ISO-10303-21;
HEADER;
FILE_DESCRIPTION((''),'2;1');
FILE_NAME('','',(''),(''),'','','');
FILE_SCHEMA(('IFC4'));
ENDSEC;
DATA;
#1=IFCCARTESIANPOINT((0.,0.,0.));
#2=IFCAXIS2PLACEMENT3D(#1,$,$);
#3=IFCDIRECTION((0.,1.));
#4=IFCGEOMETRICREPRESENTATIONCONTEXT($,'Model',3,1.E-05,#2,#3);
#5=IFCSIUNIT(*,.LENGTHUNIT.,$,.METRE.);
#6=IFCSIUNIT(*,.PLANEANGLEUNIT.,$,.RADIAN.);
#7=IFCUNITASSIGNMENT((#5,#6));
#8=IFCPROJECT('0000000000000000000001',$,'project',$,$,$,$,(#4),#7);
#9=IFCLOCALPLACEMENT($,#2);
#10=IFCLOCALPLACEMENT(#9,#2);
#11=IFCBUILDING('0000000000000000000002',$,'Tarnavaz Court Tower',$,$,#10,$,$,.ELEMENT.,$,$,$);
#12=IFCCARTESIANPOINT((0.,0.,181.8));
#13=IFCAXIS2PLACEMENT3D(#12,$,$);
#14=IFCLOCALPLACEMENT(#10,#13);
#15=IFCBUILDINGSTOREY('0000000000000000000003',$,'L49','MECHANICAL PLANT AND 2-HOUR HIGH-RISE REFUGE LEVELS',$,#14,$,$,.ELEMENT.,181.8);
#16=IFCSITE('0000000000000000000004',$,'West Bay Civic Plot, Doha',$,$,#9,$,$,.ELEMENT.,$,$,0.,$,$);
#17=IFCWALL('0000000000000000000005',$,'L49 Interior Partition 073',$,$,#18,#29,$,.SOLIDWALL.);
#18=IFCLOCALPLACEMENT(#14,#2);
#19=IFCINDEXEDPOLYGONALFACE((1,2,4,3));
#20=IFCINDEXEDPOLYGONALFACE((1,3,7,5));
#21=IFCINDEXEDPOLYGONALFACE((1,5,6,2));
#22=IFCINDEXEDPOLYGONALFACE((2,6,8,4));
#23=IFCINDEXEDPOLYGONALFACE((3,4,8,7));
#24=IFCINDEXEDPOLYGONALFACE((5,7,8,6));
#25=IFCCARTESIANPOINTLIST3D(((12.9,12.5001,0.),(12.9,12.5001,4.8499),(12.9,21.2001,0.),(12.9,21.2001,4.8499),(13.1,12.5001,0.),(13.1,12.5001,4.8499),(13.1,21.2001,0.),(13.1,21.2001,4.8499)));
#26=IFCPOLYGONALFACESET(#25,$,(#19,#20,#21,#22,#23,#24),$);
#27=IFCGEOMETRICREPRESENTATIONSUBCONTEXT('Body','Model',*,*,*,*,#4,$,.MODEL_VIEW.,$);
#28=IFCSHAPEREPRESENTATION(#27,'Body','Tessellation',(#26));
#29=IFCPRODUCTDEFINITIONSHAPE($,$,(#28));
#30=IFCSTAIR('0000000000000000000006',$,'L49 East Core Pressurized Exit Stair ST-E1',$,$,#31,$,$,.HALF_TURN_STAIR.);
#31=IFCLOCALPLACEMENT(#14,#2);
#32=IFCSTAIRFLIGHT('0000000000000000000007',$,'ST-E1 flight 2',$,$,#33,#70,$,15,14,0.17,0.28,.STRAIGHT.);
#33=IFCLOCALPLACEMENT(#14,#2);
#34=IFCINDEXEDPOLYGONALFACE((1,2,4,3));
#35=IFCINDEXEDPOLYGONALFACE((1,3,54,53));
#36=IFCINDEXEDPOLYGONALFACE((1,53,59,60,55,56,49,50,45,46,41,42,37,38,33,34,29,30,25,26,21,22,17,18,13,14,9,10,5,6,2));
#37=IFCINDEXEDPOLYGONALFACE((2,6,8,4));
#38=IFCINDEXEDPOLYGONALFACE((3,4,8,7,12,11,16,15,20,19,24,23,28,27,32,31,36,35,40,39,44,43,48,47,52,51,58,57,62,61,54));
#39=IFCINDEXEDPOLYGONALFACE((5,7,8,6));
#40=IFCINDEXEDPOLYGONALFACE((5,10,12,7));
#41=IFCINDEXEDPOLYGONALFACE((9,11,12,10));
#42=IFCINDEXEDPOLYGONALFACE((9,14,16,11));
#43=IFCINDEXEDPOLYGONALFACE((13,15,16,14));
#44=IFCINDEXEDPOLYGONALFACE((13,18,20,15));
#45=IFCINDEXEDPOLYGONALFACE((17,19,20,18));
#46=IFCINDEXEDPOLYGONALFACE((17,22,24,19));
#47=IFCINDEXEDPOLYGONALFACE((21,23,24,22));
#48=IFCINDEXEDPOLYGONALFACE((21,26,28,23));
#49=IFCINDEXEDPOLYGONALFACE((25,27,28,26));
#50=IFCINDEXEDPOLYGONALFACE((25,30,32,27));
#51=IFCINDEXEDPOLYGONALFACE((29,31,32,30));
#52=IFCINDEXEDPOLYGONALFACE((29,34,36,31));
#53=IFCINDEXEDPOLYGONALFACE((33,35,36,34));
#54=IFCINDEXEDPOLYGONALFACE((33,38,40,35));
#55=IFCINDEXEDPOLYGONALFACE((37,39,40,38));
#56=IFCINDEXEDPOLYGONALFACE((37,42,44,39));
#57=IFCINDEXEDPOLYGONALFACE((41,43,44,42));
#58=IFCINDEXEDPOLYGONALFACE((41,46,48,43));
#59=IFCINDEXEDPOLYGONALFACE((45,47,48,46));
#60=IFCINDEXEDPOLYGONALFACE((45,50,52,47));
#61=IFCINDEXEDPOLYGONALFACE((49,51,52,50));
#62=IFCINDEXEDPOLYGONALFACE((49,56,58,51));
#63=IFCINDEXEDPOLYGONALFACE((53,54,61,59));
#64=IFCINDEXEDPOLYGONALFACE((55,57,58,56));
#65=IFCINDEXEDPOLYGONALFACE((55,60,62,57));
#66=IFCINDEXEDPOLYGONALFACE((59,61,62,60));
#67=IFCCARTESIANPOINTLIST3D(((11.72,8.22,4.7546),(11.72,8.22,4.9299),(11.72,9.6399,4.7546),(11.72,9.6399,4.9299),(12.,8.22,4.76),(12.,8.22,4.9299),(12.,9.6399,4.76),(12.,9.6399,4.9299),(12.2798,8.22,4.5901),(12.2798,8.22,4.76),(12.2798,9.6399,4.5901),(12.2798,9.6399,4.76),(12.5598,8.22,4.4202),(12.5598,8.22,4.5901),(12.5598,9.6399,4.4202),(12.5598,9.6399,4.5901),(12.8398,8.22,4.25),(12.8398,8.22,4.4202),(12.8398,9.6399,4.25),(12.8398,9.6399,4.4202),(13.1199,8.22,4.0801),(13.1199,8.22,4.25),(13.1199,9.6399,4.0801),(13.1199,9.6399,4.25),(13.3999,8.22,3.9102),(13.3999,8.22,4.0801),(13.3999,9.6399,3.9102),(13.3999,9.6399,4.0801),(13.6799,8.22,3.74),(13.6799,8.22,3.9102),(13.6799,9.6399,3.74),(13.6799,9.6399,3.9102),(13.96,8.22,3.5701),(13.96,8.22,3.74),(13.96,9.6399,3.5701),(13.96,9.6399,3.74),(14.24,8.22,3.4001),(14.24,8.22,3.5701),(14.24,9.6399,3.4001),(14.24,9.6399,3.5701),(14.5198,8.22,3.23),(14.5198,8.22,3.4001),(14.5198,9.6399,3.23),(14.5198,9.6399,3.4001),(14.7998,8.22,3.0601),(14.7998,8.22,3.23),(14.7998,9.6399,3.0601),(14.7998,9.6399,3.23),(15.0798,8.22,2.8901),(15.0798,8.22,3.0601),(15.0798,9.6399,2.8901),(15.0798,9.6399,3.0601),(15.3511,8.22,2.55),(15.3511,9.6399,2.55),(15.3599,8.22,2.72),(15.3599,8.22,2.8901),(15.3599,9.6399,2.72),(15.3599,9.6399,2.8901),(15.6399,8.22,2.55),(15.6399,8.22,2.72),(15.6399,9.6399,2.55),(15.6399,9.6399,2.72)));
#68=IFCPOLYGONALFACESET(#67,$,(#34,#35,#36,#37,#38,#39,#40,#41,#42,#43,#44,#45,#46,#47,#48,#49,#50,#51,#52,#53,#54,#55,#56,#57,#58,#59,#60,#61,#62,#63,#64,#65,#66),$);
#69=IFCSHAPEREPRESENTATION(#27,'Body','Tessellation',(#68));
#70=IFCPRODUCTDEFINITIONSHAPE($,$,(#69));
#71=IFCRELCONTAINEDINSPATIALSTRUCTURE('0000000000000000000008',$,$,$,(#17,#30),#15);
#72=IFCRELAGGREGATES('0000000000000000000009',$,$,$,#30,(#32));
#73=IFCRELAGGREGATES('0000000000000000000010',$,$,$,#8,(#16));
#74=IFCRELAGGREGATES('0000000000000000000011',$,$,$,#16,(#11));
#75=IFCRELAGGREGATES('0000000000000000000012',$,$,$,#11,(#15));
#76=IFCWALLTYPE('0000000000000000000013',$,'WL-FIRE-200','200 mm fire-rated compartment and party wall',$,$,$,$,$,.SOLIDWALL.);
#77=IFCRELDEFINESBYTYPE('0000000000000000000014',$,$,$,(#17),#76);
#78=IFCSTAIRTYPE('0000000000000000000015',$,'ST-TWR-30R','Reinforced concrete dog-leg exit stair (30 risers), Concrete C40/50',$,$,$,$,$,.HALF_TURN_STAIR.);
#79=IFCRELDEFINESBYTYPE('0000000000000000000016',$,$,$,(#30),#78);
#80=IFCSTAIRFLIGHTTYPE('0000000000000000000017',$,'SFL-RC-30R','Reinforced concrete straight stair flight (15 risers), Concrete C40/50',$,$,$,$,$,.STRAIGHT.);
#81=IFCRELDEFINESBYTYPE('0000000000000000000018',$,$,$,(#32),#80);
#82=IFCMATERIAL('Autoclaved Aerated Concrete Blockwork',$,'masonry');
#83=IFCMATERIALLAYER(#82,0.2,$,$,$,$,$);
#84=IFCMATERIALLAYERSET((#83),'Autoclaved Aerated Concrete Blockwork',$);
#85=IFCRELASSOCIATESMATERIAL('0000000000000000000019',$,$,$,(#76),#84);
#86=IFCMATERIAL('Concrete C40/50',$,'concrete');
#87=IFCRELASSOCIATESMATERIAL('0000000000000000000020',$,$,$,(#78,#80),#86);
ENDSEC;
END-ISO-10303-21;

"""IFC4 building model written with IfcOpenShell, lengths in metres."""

from ifc_helpers import new_model, si_unit, direction, frame, frame_2d, origin, place, context, subcontext, project, spatial, polyline, rectangle, outline, extrude, material, layer, layer_set, type_object, element, aggregate, save


model = new_model("IFC4")

# Units and contexts
model_context = context("Model", 3, precision=1e-05, world=origin(), true_north=direction((0.0, 1.0)))
body_context = subcontext(model_context, "Body", "Model", "MODEL_VIEW")
ifc_project = project(units=[si_unit("LENGTHUNIT", "METRE"), si_unit("PLANEANGLEUNIT", "RADIAN")], contexts=[model_context])

# Site, building, storey
site_placement = place(None, origin())
site = spatial("IfcSite", under=ifc_project, at=site_placement, Name="West Bay Civic Plot, Doha", CompositionType="ELEMENT", RefElevation=0.0)
building_placement = place(site_placement, origin())
building = spatial("IfcBuilding", under=site, at=building_placement, Name="Tarnavaz Court Tower", CompositionType="ELEMENT")
storey_placement = place(building_placement, frame((0.0, 0.0, 181.8)))
storey = spatial("IfcBuildingStorey", under=building, at=storey_placement, Name="L49", Description="MECHANICAL PLANT AND 2-HOUR HIGH-RISE REFUGE LEVELS", CompositionType="ELEMENT", Elevation=181.8)

# Wall
ifc_material_1 = material(Name="Autoclaved Aerated Concrete Blockwork", Category="masonry")
ifc_layer_1 = layer(ifc_material_1, 0.2)
ifc_layer_set_1 = layer_set([ifc_layer_1], Name="Autoclaved Aerated Concrete Blockwork")
wall_type_1 = type_object("IfcWallType", Name="WL-FIRE-200", Description="200 mm fire-rated compartment and party wall", PredefinedType="SOLIDWALL", material=ifc_layer_set_1)
wall_1_placement = place(storey_placement, frame((13.0, 12.5, 0.0), z_axis=(0.0, 0.0, 1.0), x_axis=(0.0, 1.0, 0.0)))
element("IfcWall", 1, at=wall_1_placement, inside=storey, type_object=wall_type_1, Name="L49 Interior Partition 073", PredefinedType="SOLIDWALL", context=body_context, shape_type="SweptSolid", body=[
    extrude(rectangle(XDim=8.7, YDim=0.2, at=frame_2d((4.3501, 0.0))), origin(), (0.0, 0.0, 1.0), 4.8499),
])

# Stair, stair flight
ifc_material_2 = material(Name="Concrete C40/50", Category="concrete")
stair_type = type_object("IfcStairType", Name="ST-TWR-30R", Description="Reinforced concrete dog-leg exit stair (30 risers), Concrete C40/50", PredefinedType="HALF_TURN_STAIR", material=ifc_material_2)
stair_placement = place(storey_placement, origin())
stair = element("IfcStair", 2, at=stair_placement, inside=storey, type_object=stair_type, Name="L49 East Core Pressurized Exit Stair ST-E1", PredefinedType="HALF_TURN_STAIR")
stair_flight_type = type_object("IfcStairFlightType", Name="SFL-RC-30R", Description="Reinforced concrete straight stair flight (15 risers), Concrete C40/50", PredefinedType="STRAIGHT", material=ifc_material_2)
stair_flight_placement = place(storey_placement, frame((15.6399, 8.9299, 2.55), z_axis=(0.0, 0.0, 1.0), x_axis=(-1.0, 0.0, 0.0)))
stair_flight = element("IfcStairFlight", 3, at=stair_flight_placement, type_object=stair_flight_type, Name="ST-E1 flight 2", NumberOfRisers=15, NumberOfTreads=14, PredefinedType="STRAIGHT", RiserHeight=0.17, TreadLength=0.28, context=body_context, shape_type="SweptSolid", body=[
    extrude(outline(polyline([(0.0, 0.0), (0.0, 0.1699), (0.28, 0.1699), (0.28, 0.3401), (0.5601, 0.3401), (0.5601, 0.51), (0.8401, 0.51), (0.8401, 0.6799), (1.1201, 0.6799), (1.1201, 0.8501), (1.3999, 0.8501), (1.3999, 1.02), (1.6799, 1.02), (1.6799, 1.1899), (1.96, 1.1899), (1.96, 1.3601), (2.24, 1.3601), (2.24, 1.53), (2.52, 1.53), (2.52, 1.7), (2.8, 1.7), (2.8, 1.8701), (3.0801, 1.8701), (3.0801, 2.04), (3.3601, 2.04), (3.3601, 2.21), (3.6399, 2.21), (3.6399, 2.3799), (3.9199, 2.3799), (3.9199, 2.55), (3.9199, 2.2046), (0.2888, 0.0), (0.0, 0.0)])), frame((0.0, 0.71, 0.0), z_axis=(0.0, -1.0, 0.0), x_axis=(1.0, 0.0, 0.0)), (0.0, 0.0, 1.0), 1.4199),
])
aggregate(stair, [stair_flight])

save(model, "model.ifc")
